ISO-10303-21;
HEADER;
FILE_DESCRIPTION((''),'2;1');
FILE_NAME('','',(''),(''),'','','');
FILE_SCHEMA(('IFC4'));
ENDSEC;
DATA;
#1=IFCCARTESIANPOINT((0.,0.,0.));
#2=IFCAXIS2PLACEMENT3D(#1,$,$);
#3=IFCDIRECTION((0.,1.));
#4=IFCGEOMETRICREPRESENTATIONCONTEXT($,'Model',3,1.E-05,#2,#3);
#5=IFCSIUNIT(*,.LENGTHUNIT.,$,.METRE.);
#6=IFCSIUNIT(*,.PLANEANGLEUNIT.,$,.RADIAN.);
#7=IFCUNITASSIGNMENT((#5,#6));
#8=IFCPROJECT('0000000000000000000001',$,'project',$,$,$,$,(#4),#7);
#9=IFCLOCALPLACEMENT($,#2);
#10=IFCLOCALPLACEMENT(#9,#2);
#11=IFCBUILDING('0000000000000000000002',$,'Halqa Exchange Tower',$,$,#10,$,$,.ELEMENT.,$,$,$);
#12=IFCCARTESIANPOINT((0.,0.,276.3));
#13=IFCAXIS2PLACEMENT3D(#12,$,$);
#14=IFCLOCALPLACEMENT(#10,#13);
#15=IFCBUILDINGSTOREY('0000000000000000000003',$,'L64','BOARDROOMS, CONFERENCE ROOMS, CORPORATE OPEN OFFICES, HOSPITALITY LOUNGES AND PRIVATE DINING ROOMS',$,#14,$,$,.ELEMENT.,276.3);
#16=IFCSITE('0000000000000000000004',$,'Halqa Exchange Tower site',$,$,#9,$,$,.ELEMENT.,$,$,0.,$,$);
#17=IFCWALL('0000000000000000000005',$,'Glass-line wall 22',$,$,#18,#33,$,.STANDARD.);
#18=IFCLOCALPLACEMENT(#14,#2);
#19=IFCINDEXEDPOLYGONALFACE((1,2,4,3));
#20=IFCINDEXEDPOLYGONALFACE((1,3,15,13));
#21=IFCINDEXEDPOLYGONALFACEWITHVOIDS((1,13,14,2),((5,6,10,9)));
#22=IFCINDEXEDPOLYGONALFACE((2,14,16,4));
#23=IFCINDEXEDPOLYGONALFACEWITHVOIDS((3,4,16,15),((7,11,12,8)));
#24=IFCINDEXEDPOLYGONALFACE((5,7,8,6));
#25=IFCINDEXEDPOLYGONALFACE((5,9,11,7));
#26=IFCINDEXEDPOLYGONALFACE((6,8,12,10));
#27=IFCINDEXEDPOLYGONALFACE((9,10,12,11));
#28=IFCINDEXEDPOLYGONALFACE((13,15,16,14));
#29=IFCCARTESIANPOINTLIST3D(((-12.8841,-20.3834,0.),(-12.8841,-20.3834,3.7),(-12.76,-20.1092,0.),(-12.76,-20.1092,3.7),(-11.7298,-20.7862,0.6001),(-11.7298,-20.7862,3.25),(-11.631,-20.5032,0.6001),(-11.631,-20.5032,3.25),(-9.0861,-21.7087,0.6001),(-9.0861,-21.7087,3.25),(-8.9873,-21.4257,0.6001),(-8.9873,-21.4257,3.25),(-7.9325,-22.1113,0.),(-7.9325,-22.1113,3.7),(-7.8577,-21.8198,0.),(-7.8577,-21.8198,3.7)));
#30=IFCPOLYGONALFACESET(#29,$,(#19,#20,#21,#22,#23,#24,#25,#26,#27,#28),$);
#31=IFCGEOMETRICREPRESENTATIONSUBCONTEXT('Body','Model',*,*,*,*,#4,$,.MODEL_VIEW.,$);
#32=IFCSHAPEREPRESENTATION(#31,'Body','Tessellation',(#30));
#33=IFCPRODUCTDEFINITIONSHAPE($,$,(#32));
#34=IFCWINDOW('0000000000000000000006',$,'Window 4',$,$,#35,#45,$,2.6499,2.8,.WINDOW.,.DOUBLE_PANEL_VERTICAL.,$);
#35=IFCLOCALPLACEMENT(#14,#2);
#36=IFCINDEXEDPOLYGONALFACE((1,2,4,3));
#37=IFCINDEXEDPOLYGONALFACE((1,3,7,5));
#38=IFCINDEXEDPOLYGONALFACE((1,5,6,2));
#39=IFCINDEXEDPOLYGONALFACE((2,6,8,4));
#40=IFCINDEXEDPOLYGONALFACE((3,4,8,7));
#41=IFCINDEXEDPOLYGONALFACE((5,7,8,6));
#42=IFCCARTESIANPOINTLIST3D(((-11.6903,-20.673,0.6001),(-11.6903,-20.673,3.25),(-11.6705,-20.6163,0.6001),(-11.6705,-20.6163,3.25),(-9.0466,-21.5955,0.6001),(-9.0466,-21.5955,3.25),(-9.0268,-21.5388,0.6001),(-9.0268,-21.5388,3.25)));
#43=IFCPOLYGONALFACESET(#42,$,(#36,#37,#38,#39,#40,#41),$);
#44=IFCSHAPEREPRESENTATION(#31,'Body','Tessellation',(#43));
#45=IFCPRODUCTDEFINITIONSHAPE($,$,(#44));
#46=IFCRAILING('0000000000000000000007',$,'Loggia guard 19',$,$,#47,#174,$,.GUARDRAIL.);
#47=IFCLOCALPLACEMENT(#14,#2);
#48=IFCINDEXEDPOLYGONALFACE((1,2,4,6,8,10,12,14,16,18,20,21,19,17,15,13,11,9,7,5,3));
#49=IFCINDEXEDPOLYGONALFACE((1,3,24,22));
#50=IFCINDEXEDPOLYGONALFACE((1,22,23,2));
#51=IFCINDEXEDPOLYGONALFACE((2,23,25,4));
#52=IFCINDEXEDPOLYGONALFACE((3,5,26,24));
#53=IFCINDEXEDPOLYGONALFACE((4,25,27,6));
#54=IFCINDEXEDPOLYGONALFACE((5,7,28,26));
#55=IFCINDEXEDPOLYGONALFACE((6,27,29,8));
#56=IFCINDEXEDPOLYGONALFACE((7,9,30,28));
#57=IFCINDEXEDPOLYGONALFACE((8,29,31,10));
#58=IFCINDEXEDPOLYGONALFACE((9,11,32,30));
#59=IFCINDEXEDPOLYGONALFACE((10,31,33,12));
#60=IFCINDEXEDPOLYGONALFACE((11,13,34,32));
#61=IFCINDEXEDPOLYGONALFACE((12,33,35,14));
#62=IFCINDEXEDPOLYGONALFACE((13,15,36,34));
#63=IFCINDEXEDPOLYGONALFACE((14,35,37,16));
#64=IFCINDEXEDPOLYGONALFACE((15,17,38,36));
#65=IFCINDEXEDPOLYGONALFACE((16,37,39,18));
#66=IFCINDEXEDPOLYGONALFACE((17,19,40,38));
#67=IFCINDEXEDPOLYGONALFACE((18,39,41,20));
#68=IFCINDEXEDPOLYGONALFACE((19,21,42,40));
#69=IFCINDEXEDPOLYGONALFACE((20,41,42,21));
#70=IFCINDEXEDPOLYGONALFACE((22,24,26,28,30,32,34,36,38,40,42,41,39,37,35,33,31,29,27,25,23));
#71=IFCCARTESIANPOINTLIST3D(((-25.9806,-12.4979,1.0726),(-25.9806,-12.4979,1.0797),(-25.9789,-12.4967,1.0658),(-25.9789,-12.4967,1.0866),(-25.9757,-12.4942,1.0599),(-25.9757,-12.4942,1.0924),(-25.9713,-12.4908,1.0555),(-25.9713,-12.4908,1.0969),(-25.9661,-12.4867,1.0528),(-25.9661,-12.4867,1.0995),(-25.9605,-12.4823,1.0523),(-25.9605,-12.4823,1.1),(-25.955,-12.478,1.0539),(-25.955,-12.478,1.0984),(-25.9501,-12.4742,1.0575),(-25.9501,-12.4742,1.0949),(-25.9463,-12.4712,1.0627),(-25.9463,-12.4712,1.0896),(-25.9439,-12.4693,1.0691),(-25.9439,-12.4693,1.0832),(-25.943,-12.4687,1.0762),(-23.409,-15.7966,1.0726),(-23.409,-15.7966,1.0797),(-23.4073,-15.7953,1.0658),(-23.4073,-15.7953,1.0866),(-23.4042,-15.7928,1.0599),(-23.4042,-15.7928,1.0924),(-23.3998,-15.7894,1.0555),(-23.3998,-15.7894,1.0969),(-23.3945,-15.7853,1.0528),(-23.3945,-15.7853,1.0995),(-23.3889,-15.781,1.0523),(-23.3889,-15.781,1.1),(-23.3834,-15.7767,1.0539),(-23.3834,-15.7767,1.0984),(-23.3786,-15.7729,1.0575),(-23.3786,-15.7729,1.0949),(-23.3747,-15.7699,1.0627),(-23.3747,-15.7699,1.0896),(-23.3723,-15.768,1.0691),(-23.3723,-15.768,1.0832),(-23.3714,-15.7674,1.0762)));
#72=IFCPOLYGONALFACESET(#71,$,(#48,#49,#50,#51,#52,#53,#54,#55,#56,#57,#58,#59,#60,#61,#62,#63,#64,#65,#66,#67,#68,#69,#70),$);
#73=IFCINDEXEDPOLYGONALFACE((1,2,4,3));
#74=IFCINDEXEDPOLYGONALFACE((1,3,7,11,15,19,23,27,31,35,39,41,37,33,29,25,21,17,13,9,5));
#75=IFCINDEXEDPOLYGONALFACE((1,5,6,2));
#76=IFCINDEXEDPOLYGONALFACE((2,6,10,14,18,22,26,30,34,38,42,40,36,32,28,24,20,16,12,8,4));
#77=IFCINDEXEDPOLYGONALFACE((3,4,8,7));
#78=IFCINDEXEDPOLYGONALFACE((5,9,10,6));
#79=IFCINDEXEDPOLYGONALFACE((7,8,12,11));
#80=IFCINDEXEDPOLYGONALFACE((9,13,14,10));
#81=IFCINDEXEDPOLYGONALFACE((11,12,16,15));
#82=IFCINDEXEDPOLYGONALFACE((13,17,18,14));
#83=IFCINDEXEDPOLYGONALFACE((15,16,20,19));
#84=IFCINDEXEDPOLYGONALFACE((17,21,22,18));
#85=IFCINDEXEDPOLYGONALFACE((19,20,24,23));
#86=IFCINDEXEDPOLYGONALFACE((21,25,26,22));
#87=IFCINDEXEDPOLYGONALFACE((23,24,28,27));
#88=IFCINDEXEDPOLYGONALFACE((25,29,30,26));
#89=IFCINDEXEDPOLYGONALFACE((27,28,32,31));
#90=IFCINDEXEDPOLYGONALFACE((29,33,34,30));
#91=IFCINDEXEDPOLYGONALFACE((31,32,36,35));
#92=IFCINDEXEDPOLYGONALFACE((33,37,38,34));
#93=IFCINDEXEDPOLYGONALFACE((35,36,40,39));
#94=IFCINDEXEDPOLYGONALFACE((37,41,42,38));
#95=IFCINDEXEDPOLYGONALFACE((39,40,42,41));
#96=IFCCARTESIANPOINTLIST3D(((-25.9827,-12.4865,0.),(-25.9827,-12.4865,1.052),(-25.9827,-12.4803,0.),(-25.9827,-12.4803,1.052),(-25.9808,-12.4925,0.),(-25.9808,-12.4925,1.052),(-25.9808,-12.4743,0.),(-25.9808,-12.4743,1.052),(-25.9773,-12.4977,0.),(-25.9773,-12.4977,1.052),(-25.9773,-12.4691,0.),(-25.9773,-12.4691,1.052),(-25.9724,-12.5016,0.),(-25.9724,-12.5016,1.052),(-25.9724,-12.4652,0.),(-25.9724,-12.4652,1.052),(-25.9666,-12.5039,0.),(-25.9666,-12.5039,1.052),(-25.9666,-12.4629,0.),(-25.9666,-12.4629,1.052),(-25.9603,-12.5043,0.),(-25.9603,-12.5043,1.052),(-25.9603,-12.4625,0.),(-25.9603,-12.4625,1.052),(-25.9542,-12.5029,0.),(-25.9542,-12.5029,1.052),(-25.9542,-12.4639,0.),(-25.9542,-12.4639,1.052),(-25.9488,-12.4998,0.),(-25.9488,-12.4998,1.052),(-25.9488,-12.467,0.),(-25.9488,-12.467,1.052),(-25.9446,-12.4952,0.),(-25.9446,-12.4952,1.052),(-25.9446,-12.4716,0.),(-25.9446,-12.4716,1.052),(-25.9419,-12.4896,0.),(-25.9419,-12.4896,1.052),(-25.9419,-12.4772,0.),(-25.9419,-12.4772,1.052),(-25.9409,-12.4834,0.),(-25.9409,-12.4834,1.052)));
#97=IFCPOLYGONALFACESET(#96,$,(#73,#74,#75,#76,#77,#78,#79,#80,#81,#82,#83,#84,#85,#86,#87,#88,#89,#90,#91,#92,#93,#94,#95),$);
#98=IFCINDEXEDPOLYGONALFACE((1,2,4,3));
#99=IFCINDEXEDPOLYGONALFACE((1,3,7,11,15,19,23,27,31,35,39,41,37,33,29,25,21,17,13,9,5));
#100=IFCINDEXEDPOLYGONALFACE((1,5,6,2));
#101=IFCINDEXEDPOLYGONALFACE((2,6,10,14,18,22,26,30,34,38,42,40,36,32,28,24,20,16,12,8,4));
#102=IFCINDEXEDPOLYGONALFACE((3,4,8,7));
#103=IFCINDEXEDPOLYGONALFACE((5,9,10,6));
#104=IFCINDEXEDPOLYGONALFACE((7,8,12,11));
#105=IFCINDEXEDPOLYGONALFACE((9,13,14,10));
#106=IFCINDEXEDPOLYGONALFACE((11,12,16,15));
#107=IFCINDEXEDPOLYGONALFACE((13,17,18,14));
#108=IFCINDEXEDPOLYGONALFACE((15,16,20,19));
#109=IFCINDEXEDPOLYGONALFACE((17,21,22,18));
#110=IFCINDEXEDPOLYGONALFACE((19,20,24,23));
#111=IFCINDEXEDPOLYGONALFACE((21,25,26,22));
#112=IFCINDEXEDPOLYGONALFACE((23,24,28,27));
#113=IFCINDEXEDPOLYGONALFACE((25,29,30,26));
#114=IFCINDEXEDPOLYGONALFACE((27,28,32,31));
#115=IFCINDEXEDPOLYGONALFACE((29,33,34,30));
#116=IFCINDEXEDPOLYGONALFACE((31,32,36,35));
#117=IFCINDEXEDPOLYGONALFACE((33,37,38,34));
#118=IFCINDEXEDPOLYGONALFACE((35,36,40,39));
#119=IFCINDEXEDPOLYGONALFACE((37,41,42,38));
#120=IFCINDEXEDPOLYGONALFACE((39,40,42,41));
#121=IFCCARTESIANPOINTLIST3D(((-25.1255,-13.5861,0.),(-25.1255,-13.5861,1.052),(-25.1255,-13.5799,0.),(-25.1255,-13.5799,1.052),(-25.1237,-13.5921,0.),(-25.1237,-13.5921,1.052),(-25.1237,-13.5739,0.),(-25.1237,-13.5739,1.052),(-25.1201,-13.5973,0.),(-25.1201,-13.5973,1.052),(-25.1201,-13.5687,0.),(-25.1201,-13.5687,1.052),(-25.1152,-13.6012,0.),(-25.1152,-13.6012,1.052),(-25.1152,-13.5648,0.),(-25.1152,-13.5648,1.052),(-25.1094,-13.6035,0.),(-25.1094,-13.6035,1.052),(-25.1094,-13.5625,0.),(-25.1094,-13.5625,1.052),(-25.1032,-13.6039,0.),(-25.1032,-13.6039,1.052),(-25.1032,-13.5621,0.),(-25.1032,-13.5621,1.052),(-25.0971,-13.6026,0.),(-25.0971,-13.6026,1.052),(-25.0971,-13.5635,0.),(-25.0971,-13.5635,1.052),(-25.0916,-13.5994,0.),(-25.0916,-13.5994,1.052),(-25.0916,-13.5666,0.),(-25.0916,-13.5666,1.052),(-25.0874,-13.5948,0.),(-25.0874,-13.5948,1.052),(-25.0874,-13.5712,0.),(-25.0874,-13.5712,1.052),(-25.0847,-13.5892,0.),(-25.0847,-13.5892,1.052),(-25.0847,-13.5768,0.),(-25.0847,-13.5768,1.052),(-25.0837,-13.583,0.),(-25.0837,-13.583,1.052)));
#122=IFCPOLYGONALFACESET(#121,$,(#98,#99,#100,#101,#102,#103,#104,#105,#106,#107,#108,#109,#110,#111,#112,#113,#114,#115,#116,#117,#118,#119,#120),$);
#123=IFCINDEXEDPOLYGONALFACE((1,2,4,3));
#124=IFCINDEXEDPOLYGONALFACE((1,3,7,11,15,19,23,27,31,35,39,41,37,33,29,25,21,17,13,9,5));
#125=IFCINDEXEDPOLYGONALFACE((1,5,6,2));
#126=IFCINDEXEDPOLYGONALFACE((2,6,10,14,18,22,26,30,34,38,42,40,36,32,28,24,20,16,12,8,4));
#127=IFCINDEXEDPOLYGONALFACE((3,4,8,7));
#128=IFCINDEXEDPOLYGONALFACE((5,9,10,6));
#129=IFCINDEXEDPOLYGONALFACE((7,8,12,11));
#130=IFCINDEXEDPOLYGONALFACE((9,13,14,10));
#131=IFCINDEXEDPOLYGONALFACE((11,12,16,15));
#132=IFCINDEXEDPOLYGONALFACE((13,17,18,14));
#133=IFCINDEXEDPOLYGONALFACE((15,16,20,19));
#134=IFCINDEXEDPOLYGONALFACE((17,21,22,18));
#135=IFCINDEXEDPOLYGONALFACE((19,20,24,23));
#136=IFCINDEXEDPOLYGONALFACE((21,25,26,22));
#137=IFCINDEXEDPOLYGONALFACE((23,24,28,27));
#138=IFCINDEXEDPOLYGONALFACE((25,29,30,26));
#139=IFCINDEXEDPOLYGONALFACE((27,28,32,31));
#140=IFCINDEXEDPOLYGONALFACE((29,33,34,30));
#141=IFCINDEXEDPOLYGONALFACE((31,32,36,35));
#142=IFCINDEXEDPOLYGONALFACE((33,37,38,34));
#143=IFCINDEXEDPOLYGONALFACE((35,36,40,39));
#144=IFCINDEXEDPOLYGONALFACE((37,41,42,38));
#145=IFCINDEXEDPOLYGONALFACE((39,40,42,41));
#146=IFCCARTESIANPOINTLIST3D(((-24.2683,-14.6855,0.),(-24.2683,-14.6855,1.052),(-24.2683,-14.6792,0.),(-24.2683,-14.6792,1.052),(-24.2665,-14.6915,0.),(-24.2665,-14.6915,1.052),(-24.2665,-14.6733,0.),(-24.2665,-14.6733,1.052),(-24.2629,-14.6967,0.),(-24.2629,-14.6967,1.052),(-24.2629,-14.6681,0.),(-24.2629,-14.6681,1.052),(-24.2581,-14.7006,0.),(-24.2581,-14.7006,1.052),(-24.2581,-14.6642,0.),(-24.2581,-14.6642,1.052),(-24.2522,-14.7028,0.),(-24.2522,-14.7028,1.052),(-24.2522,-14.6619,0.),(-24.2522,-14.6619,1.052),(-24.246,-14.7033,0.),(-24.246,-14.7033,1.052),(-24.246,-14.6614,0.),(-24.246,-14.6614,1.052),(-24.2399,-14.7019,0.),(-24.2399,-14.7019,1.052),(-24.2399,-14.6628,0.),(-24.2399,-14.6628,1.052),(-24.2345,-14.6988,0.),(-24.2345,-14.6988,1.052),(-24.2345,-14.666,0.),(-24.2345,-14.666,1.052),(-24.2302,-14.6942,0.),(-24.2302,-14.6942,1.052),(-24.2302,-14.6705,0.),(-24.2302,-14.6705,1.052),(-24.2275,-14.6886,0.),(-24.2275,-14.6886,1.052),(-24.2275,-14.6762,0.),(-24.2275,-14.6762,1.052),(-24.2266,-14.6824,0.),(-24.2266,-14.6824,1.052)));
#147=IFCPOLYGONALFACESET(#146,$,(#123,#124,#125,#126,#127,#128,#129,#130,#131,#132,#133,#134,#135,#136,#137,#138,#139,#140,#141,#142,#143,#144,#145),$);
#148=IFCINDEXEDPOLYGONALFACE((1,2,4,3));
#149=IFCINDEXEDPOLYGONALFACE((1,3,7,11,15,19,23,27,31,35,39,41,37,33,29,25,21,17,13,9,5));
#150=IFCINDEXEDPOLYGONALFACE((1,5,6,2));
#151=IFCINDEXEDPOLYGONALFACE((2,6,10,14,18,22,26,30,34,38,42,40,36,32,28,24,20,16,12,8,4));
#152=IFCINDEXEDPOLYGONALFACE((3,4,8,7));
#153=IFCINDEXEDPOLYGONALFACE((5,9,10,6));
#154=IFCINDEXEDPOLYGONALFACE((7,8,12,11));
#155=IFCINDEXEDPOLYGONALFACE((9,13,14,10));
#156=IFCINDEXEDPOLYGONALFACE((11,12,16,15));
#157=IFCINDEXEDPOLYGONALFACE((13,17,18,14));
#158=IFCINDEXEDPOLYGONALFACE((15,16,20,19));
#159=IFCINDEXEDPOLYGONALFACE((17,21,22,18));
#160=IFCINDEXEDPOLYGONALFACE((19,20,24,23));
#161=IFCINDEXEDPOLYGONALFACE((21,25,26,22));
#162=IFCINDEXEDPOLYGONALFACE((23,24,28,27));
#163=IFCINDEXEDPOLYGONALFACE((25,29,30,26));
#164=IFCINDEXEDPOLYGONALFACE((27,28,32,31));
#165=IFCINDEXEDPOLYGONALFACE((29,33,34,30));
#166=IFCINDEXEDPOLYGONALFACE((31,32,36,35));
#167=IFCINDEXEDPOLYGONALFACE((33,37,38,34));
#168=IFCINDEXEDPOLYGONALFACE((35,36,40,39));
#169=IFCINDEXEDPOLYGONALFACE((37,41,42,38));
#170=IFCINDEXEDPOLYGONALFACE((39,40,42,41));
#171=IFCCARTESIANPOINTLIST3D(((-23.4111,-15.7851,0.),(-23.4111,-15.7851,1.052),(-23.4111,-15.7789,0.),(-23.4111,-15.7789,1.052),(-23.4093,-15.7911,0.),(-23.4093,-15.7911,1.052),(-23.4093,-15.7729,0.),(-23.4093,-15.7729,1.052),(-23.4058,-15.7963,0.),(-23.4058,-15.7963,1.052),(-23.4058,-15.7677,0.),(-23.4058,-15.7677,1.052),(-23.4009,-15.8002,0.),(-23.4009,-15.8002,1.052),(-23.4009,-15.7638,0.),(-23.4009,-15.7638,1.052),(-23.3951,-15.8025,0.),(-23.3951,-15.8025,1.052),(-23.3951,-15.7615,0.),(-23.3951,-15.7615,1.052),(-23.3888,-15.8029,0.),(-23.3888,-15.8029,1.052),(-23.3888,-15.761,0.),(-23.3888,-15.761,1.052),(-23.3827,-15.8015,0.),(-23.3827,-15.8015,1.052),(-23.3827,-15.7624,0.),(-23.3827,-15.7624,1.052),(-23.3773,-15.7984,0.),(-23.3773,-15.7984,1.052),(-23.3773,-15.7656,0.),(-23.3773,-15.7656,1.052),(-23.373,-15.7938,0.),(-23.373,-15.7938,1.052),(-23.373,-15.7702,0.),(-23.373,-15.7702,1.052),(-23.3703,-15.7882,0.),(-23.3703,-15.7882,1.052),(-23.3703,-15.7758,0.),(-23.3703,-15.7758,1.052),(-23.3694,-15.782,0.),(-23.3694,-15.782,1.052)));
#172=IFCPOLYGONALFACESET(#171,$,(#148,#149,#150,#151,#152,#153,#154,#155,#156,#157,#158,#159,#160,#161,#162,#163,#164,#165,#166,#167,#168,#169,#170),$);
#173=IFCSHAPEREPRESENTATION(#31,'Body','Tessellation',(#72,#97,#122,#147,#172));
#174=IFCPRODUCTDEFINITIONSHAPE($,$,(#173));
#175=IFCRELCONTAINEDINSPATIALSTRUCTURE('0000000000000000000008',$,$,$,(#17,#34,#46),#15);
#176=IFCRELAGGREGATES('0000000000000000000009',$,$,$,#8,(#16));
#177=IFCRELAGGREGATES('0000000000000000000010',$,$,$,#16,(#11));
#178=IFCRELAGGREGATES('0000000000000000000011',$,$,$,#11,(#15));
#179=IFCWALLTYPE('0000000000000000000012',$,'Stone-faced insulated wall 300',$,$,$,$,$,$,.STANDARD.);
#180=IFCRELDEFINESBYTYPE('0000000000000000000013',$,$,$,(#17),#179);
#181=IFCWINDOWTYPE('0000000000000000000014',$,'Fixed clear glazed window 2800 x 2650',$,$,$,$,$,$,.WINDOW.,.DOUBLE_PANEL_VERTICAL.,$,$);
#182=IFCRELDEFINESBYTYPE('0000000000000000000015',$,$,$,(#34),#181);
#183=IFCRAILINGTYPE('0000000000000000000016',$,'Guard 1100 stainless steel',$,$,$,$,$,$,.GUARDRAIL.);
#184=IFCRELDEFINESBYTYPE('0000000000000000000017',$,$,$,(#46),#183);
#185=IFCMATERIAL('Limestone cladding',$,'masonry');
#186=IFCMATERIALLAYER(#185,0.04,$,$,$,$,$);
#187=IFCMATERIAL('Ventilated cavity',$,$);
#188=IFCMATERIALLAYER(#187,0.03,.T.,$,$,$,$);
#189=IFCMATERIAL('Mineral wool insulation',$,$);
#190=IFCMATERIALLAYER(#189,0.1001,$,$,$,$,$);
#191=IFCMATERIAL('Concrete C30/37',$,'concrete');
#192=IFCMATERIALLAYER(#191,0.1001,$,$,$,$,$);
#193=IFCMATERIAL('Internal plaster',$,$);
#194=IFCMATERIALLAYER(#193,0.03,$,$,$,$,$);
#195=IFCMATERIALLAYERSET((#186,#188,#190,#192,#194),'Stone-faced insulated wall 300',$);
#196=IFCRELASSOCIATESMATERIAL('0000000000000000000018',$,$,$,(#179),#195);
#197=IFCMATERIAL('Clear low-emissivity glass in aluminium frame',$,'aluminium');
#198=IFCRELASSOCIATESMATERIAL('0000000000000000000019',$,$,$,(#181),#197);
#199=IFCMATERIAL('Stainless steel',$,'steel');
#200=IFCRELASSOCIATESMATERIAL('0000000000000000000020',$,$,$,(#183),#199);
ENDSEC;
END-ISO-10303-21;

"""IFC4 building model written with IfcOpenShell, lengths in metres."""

from ifc_helpers import new_model, si_unit, direction, frame, frame_2d, origin, origin_2d, place, context, subcontext, project, spatial, polyline, rectangle, circle, outline, extrude, material, layer, layer_set, type_object, element, fill, save


model = new_model("IFC4")

# Units and contexts
model_context = context("Model", 3, precision=1e-05, world=origin(), true_north=direction((0.0, 1.0)))
body_context = subcontext(model_context, "Body", "Model", "MODEL_VIEW")
ifc_project = project(units=[si_unit("LENGTHUNIT", "METRE"), si_unit("PLANEANGLEUNIT", "RADIAN")], contexts=[model_context])

# Site, building, storey
site_placement = place(None, origin())
site = spatial("IfcSite", under=ifc_project, at=site_placement, Name="Halqa Exchange Tower site", CompositionType="ELEMENT", RefElevation=0.0)
building_placement = place(site_placement, origin())
building = spatial("IfcBuilding", under=site, at=building_placement, Name="Halqa Exchange Tower", CompositionType="ELEMENT")
storey_placement = place(building_placement, frame((0.0, 0.0, 276.3)))
storey = spatial("IfcBuildingStorey", under=building, at=storey_placement, Name="L64", Description="BOARDROOMS, CONFERENCE ROOMS, CORPORATE OPEN OFFICES, HOSPITALITY LOUNGES AND PRIVATE DINING ROOMS", CompositionType="ELEMENT", Elevation=276.3)

# Shared definitions
ifc_material_1 = material(Name="Limestone cladding", Category="masonry")
ifc_layer_1 = layer(ifc_material_1, 0.04)
ifc_material_2 = material(Name="Ventilated cavity")
ifc_layer_2 = layer(ifc_material_2, 0.03, ventilated=True)
ifc_material_3 = material(Name="Mineral wool insulation")
ifc_layer_3 = layer(ifc_material_3, 0.1001)
ifc_material_4 = material(Name="Concrete C30/37", Category="concrete")
ifc_layer_4 = layer(ifc_material_4, 0.1001)
ifc_material_5 = material(Name="Internal plaster")
ifc_layer_5 = layer(ifc_material_5, 0.03)
ifc_layer_set_1 = layer_set([ifc_layer_1, ifc_layer_2, ifc_layer_3, ifc_layer_4, ifc_layer_5], Name="Stone-faced insulated wall 300")
wall_type_1 = type_object("IfcWallType", Name="Stone-faced insulated wall 300", PredefinedType="STANDARD", material=ifc_layer_set_1)
ifc_material_6 = material(Name="Clear low-emissivity glass in aluminium frame", Category="aluminium")

# Wall, opening, window
window_type = type_object("IfcWindowType", Name="Fixed clear glazed window 2800 x 2650", PartitioningType="DOUBLE_PANEL_VERTICAL", PredefinedType="WINDOW", material=ifc_material_6)
wall_1_placement = place(storey_placement, frame((-12.822, -20.2463, 0.0), z_axis=(0.0, 0.0, 1.0), x_axis=(0.944169, -0.32946, 0.0)))
wall_1 = element("IfcWall", 1, at=wall_1_placement, inside=storey, type_object=wall_type_1, Name="Glass-line wall 22", PredefinedType="STANDARD", context=body_context, shape_type="SweptSolid", body=[
    extrude(outline(polyline([(-0.0134, -0.1499), (5.231, -0.1499), (5.2056, 0.1499), (0.0134, 0.1499), (-0.0134, -0.1499)])), origin(), (0.0, 0.0, 1.0), 3.7),
])
opening_1_placement = place(wall_1_placement, frame((1.2092, 0.0, 0.6001)))
opening_1 = element("IfcOpeningElement", 2, at=opening_1_placement, cuts=wall_1, PredefinedType="OPENING", context=body_context, shape_type="SweptSolid", body=[
    extrude(rectangle(XDim=2.8, YDim=2.6499, at=frame_2d((1.3999, 1.325))), frame((0.0, 0.1621, 0.0), z_axis=(0.0, -1.0, 0.0), x_axis=(1.0, 0.0, 0.0)), (0.0, 0.0, 1.0), 0.324),
])
window_1_placement = place(opening_1_placement, origin())
window_1 = element("IfcWindow", 3, at=window_1_placement, inside=storey, type_object=window_type, Name="Window 4", OverallHeight=2.6499, OverallWidth=2.8, PartitioningType="DOUBLE_PANEL_VERTICAL", PredefinedType="WINDOW", context=body_context, shape_type="SweptSolid", body=[
    extrude(rectangle(XDim=2.8, YDim=2.6499, at=frame_2d((1.3999, 1.325))), frame((0.0, 0.03, 0.0), z_axis=(0.0, -1.0, 0.0), x_axis=(1.0, 0.0, 0.0)), (0.0, 0.0, 1.0), 0.0601),
])
fill(opening_1, window_1)

# Railing
ifc_material_7 = material(Name="Stainless steel", Category="steel")
railing_type = type_object("IfcRailingType", Name="Guard 1100 stainless steel", PredefinedType="GUARDRAIL", material=ifc_material_7)
railing_1_placement = place(storey_placement, frame((-25.9619, -12.4834, 0.0)))
element("IfcRailing", 4, at=railing_1_placement, inside=storey, type_object=railing_type, Name="Loggia guard 19", PredefinedType="GUARDRAIL", context=body_context, shape_type="SweptSolid", body=[
    extrude(circle(Radius=0.0239, at=origin_2d()), frame((0.0, 0.0, 1.0762), z_axis=(0.614829, -0.78866, 0.0), x_axis=(0.78866, 0.614829, 0.0)), (0.0, 0.0, 1.0), 4.1826),
    extrude(circle(Radius=0.021, at=origin_2d()), origin(), (0.0, 0.0, 1.0), 1.052),
    extrude(circle(Radius=0.021, at=origin_2d()), frame((0.8572, -1.0996, 0.0)), (0.0, 0.0, 1.0), 1.052),
    extrude(circle(Radius=0.021, at=origin_2d()), frame((1.7144, -2.199, 0.0)), (0.0, 0.0, 1.0), 1.052),
    extrude(circle(Radius=0.021, at=origin_2d()), frame((2.5715, -3.2986, 0.0)), (0.0, 0.0, 1.0), 1.052),
])

save(model, "model.ifc")
